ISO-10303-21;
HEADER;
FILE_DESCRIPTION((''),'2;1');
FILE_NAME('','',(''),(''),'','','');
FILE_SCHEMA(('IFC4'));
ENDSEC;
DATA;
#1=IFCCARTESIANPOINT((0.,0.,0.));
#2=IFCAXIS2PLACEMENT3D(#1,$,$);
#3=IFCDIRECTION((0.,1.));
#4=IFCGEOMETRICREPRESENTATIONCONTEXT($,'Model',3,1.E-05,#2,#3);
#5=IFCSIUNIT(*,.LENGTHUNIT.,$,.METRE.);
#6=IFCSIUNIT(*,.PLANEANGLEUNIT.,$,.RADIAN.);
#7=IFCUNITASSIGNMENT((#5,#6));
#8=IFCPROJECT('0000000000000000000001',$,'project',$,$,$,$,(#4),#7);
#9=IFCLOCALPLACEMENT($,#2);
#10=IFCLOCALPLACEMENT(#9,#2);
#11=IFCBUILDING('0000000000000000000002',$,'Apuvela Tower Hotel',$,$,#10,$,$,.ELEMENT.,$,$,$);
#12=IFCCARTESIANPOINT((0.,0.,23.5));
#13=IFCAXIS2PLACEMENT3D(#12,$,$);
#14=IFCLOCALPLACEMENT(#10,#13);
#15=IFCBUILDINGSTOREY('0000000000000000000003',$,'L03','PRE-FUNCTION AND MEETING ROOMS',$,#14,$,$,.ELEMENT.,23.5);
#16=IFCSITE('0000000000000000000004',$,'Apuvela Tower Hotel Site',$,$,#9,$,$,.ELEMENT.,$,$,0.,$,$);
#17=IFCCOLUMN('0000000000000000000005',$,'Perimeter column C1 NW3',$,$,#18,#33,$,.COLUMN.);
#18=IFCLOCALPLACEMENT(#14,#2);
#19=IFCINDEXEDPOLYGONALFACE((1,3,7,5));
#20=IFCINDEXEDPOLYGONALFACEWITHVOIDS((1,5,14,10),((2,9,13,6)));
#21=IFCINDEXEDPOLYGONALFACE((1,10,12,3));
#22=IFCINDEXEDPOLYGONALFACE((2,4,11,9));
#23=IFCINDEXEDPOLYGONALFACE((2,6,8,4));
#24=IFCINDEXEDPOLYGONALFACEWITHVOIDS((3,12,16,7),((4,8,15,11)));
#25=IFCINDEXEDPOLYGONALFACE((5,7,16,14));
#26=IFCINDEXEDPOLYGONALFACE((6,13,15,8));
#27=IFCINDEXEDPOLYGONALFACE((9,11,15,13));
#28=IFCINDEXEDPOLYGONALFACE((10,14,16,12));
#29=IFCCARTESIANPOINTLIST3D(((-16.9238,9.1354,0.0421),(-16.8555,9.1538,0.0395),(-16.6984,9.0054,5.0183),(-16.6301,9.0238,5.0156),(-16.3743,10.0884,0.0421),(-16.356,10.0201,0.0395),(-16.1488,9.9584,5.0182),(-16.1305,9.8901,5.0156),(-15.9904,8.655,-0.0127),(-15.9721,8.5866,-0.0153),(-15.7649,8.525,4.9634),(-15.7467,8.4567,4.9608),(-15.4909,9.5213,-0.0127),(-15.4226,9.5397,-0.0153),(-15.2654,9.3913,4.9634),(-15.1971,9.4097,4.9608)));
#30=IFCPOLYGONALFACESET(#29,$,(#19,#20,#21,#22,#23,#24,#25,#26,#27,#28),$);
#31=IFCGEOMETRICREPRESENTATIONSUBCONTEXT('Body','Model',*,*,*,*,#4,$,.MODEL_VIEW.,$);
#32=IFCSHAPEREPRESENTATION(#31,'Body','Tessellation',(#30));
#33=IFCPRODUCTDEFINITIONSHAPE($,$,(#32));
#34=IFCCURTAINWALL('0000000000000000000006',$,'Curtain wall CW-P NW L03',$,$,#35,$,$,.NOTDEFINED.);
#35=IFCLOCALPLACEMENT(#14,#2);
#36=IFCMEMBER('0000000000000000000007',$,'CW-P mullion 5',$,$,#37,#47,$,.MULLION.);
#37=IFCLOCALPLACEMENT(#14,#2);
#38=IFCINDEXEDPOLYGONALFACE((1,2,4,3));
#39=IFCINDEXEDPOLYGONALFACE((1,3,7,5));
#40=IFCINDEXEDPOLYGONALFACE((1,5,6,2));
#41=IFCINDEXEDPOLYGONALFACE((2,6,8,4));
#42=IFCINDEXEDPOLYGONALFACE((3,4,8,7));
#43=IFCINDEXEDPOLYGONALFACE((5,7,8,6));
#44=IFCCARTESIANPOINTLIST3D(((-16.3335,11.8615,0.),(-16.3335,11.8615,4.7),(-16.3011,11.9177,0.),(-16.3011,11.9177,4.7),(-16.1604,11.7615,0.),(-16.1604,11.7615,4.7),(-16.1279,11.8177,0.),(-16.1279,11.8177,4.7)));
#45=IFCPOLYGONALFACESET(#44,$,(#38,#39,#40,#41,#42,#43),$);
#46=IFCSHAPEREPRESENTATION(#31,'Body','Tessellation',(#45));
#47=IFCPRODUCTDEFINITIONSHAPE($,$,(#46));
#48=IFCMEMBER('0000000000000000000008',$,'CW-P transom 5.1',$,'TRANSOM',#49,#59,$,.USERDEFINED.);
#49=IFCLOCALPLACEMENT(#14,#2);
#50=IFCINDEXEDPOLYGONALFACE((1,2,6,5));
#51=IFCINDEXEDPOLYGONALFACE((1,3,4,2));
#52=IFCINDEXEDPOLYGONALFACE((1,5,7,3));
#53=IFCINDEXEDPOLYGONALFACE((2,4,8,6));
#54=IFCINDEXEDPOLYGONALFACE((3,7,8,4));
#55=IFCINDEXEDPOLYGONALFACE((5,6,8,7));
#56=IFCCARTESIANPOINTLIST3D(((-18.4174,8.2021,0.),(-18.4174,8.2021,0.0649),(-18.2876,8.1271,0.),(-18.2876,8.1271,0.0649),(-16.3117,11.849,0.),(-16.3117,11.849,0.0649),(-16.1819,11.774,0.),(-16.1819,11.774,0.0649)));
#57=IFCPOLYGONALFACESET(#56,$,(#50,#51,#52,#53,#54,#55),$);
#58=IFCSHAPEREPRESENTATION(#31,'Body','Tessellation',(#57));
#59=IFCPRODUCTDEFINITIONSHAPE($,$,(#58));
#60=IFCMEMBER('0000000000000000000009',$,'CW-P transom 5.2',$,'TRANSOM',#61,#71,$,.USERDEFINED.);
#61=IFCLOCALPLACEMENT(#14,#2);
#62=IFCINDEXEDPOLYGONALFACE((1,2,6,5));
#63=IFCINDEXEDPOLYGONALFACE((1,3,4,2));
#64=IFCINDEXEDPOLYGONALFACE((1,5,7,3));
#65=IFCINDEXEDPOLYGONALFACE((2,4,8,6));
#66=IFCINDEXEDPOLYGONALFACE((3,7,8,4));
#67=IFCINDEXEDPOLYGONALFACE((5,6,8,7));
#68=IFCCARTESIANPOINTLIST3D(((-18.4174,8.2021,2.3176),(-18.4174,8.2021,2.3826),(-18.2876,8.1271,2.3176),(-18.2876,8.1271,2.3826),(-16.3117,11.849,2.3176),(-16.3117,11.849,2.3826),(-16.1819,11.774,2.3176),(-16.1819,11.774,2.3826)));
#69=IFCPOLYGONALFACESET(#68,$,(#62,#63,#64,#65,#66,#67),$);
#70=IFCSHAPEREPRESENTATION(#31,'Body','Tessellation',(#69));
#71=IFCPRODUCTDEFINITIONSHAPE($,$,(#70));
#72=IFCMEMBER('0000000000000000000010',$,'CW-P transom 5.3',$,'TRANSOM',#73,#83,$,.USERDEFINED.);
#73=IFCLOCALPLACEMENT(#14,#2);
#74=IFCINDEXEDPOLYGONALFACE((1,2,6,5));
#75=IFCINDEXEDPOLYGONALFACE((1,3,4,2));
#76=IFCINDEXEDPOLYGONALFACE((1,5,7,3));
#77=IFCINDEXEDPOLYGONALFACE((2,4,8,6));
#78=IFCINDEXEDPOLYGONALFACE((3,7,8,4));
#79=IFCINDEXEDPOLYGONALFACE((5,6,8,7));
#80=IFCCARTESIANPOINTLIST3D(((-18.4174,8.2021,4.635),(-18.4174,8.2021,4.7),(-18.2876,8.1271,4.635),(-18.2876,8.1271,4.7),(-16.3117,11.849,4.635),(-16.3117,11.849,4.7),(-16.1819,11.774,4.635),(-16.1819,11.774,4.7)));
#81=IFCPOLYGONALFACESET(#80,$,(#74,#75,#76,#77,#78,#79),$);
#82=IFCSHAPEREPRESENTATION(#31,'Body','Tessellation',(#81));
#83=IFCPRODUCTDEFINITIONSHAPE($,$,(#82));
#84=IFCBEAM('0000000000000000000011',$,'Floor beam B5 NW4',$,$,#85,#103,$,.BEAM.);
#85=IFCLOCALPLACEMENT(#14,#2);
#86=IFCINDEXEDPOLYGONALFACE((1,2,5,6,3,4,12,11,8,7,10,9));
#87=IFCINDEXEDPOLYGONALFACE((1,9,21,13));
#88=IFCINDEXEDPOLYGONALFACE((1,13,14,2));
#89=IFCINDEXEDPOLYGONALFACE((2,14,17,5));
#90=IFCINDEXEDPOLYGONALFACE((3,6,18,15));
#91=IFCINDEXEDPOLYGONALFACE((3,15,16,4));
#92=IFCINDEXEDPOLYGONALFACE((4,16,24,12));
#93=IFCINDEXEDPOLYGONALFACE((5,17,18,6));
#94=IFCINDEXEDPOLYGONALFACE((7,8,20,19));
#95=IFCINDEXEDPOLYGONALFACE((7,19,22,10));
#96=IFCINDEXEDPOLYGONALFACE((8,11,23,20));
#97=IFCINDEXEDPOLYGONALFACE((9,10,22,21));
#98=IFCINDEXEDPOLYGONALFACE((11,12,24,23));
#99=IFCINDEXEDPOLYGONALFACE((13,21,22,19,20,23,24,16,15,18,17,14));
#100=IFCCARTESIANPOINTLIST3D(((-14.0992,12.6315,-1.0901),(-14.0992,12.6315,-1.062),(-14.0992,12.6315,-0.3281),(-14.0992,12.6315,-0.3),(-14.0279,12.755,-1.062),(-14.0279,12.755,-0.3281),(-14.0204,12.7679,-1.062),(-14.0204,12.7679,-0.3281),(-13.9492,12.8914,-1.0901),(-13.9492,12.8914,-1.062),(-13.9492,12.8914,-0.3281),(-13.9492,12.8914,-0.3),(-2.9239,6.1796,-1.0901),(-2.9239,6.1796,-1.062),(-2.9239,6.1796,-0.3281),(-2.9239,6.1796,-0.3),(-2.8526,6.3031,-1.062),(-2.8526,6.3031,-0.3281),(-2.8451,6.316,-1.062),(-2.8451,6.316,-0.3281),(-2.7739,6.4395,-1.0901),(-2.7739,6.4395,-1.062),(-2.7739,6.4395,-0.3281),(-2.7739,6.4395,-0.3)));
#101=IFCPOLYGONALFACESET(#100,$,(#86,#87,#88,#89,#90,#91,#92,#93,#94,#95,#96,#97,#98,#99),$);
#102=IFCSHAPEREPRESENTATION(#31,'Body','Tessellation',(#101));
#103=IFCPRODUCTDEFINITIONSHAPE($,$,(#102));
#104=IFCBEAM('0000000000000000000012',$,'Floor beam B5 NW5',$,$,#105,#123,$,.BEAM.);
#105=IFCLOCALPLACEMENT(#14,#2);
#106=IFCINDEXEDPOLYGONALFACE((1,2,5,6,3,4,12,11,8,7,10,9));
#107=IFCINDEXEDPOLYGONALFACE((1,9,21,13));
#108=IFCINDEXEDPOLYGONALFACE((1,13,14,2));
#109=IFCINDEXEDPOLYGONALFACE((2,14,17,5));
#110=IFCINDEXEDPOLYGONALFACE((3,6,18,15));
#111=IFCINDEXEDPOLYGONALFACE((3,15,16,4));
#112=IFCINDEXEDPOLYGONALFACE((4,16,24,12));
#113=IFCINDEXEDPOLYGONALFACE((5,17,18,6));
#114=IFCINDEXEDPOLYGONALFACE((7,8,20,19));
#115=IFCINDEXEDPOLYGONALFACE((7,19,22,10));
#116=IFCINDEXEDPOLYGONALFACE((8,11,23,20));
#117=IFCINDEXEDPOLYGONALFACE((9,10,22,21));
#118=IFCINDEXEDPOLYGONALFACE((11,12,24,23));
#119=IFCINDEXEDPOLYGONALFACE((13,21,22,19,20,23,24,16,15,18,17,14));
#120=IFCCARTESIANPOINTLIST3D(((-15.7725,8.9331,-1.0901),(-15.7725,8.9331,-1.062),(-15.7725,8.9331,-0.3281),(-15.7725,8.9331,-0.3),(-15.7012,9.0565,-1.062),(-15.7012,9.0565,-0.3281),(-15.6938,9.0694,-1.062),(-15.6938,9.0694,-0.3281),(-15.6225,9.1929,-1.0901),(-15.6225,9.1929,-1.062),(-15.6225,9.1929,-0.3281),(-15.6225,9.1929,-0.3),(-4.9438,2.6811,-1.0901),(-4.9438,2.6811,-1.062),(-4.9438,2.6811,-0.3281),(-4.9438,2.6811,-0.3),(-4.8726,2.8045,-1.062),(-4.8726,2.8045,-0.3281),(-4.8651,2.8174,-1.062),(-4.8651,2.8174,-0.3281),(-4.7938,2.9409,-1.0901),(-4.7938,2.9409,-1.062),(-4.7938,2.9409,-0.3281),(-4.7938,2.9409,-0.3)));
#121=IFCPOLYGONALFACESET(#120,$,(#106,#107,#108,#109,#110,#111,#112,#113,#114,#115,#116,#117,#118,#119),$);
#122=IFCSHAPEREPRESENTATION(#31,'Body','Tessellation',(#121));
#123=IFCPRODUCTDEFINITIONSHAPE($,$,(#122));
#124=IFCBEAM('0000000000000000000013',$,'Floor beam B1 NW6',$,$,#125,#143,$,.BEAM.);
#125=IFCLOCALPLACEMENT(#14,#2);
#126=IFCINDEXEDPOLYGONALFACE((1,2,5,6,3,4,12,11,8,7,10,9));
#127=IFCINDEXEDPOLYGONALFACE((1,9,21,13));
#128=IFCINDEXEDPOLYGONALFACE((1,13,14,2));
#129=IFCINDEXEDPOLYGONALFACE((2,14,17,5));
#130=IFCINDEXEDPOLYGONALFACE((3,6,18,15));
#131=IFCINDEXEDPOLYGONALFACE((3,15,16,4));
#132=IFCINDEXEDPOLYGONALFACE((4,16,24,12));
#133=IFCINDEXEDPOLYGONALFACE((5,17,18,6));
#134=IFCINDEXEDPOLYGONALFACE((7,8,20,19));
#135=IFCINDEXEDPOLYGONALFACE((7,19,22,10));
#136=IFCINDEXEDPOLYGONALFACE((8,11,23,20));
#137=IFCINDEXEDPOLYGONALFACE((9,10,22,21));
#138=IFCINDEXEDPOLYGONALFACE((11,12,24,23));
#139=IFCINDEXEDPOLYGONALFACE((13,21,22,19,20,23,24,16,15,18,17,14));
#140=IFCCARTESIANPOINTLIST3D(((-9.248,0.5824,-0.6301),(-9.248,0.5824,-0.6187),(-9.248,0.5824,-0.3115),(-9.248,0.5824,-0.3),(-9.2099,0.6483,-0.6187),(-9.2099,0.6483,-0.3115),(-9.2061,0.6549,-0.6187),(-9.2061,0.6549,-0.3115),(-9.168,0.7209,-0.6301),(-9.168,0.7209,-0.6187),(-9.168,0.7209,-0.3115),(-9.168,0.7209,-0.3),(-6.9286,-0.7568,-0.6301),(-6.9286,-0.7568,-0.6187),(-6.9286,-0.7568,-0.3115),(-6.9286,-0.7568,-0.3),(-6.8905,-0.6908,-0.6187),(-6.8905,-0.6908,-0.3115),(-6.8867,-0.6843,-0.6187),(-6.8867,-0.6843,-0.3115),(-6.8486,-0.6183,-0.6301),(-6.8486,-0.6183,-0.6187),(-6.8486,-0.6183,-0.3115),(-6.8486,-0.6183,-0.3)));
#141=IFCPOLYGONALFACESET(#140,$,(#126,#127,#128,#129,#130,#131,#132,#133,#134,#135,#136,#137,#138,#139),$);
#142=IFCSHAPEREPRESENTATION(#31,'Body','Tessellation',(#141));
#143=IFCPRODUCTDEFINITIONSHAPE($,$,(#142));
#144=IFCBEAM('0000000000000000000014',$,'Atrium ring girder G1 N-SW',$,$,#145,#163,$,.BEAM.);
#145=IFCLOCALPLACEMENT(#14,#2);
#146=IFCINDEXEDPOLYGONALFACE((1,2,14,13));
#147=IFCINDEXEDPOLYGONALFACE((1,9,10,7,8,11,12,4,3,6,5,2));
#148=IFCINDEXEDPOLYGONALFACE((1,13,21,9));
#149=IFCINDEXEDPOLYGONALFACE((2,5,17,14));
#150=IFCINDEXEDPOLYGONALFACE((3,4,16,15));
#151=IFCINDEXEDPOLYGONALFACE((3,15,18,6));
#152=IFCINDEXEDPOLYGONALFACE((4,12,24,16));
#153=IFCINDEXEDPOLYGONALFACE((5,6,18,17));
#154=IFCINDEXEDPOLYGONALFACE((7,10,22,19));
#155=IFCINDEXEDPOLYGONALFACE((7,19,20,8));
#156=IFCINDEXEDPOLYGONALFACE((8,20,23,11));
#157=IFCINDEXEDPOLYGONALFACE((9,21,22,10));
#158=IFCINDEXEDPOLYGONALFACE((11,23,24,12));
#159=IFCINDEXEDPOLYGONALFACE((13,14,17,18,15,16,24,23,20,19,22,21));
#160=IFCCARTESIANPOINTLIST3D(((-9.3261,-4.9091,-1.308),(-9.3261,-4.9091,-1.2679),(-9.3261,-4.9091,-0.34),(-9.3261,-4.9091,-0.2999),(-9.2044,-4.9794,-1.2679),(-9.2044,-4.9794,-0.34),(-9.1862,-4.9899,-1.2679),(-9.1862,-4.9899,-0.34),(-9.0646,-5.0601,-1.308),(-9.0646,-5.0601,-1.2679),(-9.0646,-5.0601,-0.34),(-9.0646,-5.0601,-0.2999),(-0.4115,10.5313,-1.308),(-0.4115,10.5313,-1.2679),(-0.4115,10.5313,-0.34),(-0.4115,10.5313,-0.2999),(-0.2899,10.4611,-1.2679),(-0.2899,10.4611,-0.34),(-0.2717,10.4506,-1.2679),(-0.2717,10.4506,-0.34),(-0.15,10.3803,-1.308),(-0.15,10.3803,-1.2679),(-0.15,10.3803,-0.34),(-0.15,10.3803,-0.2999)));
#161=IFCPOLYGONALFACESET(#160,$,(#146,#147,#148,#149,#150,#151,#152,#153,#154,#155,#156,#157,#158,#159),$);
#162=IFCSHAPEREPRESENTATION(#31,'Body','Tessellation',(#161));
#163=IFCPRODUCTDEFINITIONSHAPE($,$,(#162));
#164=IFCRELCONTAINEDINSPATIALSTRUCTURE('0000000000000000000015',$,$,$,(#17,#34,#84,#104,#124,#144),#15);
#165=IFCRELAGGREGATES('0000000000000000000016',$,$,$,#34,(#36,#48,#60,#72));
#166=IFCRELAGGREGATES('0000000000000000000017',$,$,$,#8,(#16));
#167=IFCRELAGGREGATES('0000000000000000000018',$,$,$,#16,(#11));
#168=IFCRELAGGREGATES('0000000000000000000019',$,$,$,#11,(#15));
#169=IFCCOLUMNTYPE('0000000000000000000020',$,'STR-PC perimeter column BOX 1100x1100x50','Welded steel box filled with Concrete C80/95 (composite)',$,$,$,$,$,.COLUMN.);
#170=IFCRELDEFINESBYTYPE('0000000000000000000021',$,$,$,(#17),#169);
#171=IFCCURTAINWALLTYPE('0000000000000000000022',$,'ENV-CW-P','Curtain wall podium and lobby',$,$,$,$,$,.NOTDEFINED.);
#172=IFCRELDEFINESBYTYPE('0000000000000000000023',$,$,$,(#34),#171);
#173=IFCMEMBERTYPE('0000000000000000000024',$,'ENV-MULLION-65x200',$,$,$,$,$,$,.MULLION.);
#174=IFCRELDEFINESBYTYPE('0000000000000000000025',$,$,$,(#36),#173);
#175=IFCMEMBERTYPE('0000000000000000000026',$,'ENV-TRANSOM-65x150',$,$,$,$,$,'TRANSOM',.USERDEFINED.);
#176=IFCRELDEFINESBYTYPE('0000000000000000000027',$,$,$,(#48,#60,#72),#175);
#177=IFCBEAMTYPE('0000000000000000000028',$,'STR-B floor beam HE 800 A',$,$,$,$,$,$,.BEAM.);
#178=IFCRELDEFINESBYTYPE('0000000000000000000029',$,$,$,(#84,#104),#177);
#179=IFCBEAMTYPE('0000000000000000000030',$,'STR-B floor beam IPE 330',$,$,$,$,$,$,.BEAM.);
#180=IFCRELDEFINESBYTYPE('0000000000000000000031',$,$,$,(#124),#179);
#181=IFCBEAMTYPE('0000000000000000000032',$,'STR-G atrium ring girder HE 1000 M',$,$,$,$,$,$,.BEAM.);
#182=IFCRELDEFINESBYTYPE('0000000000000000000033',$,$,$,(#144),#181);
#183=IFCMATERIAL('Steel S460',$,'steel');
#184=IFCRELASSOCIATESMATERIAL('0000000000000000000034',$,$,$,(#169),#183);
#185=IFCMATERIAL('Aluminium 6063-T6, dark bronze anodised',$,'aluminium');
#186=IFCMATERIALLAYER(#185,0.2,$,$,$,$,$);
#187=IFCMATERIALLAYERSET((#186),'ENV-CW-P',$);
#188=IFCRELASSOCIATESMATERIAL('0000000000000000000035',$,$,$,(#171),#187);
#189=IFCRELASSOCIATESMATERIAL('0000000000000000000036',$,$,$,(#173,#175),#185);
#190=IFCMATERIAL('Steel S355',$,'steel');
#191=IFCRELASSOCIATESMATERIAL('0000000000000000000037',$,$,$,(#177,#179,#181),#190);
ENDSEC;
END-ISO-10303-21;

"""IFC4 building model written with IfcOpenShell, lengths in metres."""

from ifc_helpers import new_model, si_unit, direction, frame, origin, origin_2d, place, context, subcontext, project, spatial, rectangle, hollow_rectangle, i_section, extrude, boolean, halfspace, material, layer, layer_set, material_profile, profile_set, type_object, element, aggregate, save


model = new_model("IFC4")

# Units and contexts
model_context = context("Model", 3, precision=1e-05, world=origin(), true_north=direction((0.0, 1.0)))
body_context = subcontext(model_context, "Body", "Model", "MODEL_VIEW")
ifc_project = project(units=[si_unit("LENGTHUNIT", "METRE"), si_unit("PLANEANGLEUNIT", "RADIAN")], contexts=[model_context])

# Site, building, storey
site_placement = place(None, origin())
site = spatial("IfcSite", under=ifc_project, at=site_placement, Name="Apuvela Tower Hotel Site", CompositionType="ELEMENT", RefElevation=0.0)
building_placement = place(site_placement, origin())
building = spatial("IfcBuilding", under=site, at=building_placement, Name="Apuvela Tower Hotel", CompositionType="ELEMENT")
storey_placement = place(building_placement, frame((0.0, 0.0, 23.5)))
storey = spatial("IfcBuildingStorey", under=building, at=storey_placement, Name="L03", Description="PRE-FUNCTION AND MEETING ROOMS", CompositionType="ELEMENT", Elevation=23.5)

# Column
ifc_material_1 = material(Name="Steel S460", Category="steel")
ifc_material_profile_1 = material_profile(ifc_material_1, hollow_rectangle(XDim=1.1001, YDim=1.1001, WallThickness=0.05, at=origin_2d()), Name="BOX 1100x1100x50")
ifc_material_2 = material(Name="Concrete C80/95", Category="concrete")
ifc_material_profile_2 = material_profile(ifc_material_2, rectangle(XDim=1.0, YDim=1.0, at=origin_2d()), Name="Concrete C80/95 infill")
ifc_profile_set_1 = profile_set([ifc_material_profile_1, ifc_material_profile_2], Name="Steel S460")
column_type = type_object("IfcColumnType", Name="STR-PC perimeter column BOX 1100x1100x50", Description="Welded steel box filled with Concrete C80/95 (composite)", PredefinedType="COLUMN", material=ifc_profile_set_1)
column_placement = place(storey_placement, frame((-16.1738, 9.3379, 0.0), z_axis=(0.045251, -0.026087, 0.998635), x_axis=(-0.499529, -0.866297, 0.000005)))
element("IfcColumn", 1, at=column_placement, inside=storey, type_object=column_type, Name="Perimeter column C1 NW3", PredefinedType="COLUMN", context=body_context, shape_type="SweptSolid", body=[
    boolean("DIFFERENCE", boolean("DIFFERENCE", extrude(hollow_rectangle(XDim=1.1001, YDim=1.1001, WallThickness=0.05, at=origin_2d()), origin(), (0.0, 0.0, 1.0), 5.0068), halfspace(frame((0.0, 0.0, 0.0134), z_axis=(0.0, 0.0, 1.0), x_axis=(1.0, 0.0, 0.0)), True)), halfspace(frame((0.0, 0.0, 4.9963), z_axis=(0.0, 0.0, 1.0), x_axis=(1.0, 0.0, 0.0)), False)),
])

# Curtain wall, members
ifc_material_3 = material(Name="Aluminium 6063-T6, dark bronze anodised", Category="aluminium")
ifc_layer_1 = layer(ifc_material_3, 0.2)
ifc_layer_set_1 = layer_set([ifc_layer_1], Name="ENV-CW-P")
curtain_wall_type = type_object("IfcCurtainWallType", Name="ENV-CW-P", Description="Curtain wall podium and lobby", PredefinedType="NOTDEFINED", material=ifc_layer_set_1)
curtain_wall_placement = place(storey_placement, origin())
curtain_wall = element("IfcCurtainWall", 2, at=curtain_wall_placement, inside=storey, type_object=curtain_wall_type, Name="Curtain wall CW-P NW L03", PredefinedType="NOTDEFINED")
ifc_material_profile_3 = material_profile(ifc_material_3, rectangle(XDim=0.2, YDim=0.0649, at=origin_2d()), Name="AL 65x200")
ifc_profile_set_2 = profile_set([ifc_material_profile_3], Name="Aluminium 6063-T6, dark bronze anodised")
member_type_1 = type_object("IfcMemberType", Name="ENV-MULLION-65x200", PredefinedType="MULLION", material=ifc_profile_set_2)
member_1_placement = place(storey_placement, frame((-16.2307, 11.8396, 0.0), z_axis=(0.0, 0.0, 1.0), x_axis=(0.866026, -0.5, 0.0)))
member_1 = element("IfcMember", 3, at=member_1_placement, type_object=member_type_1, Name="CW-P mullion 5", PredefinedType="MULLION", context=body_context, shape_type="SweptSolid", body=[
    extrude(rectangle(XDim=0.2, YDim=0.0649, at=origin_2d()), origin(), (0.0, 0.0, 1.0), 4.7),
])
ifc_material_profile_4 = material_profile(ifc_material_3, rectangle(XDim=0.1499, YDim=0.0649, at=origin_2d()), Name="AL 65x150 transom")
ifc_profile_set_3 = profile_set([ifc_material_profile_4], Name="Aluminium 6063-T6, dark bronze anodised")
member_type_2 = type_object("IfcMemberType", Name="ENV-TRANSOM-65x150", ElementType="TRANSOM", PredefinedType="USERDEFINED", material=ifc_profile_set_3)
member_2_placement = place(storey_placement, frame((-16.2468, 11.8115, 0.0325), z_axis=(-0.500024, -0.866012, 0.0), x_axis=(0.866012, -0.500024, 0.0)))
member_2 = element("IfcMember", 4, at=member_2_placement, type_object=member_type_2, Name="CW-P transom 5.1", ObjectType="TRANSOM", PredefinedType="USERDEFINED", context=body_context, shape_type="SweptSolid", body=[
    extrude(rectangle(XDim=0.1499, YDim=0.0649, at=origin_2d()), origin(), (0.0, 0.0, 1.0), 4.2112),
])
member_3_placement = place(storey_placement, frame((-16.2468, 11.8115, 2.3501), z_axis=(-0.500024, -0.866012, 0.0), x_axis=(0.866012, -0.500024, 0.0)))
member_3 = element("IfcMember", 5, at=member_3_placement, type_object=member_type_2, Name="CW-P transom 5.2", ObjectType="TRANSOM", PredefinedType="USERDEFINED", context=body_context, shape_type="SweptSolid", body=[
    extrude(rectangle(XDim=0.1499, YDim=0.0649, at=origin_2d()), origin(), (0.0, 0.0, 1.0), 4.2112),
])
member_4_placement = place(storey_placement, frame((-16.2468, 11.8115, 4.6675), z_axis=(-0.500024, -0.866012, 0.0), x_axis=(0.866012, -0.500024, 0.0)))
member_4 = element("IfcMember", 6, at=member_4_placement, type_object=member_type_2, Name="CW-P transom 5.3", ObjectType="TRANSOM", PredefinedType="USERDEFINED", context=body_context, shape_type="SweptSolid", body=[
    extrude(rectangle(XDim=0.1499, YDim=0.0649, at=origin_2d()), origin(), (0.0, 0.0, 1.0), 4.2112),
])
aggregate(curtain_wall, [member_1, member_2, member_3, member_4])

# Beams
ifc_material_4 = material(Name="Steel S355", Category="steel")
ifc_material_profile_5 = material_profile(ifc_material_4, i_section(OverallWidth=0.3, OverallDepth=0.79, WebThickness=0.0149, FlangeThickness=0.0281, at=origin_2d()), Name="HE 800 A")
ifc_profile_set_4 = profile_set([ifc_material_profile_5], Name="Steel S355")
beam_type_1 = type_object("IfcBeamType", Name="STR-B floor beam HE 800 A", PredefinedType="BEAM", material=ifc_profile_set_4)
beam_1_placement = place(storey_placement, frame((-14.0242, 12.7615, -0.6951), z_axis=(0.866031, -0.499991, 0.0), x_axis=(0.499991, 0.866031, 0.0)))
element("IfcBeam", 7, at=beam_1_placement, inside=storey, type_object=beam_type_1, Name="Floor beam B5 NW4", PredefinedType="BEAM", context=body_context, shape_type="SweptSolid", body=[
    extrude(i_section(OverallWidth=0.3, OverallDepth=0.79, WebThickness=0.0149, FlangeThickness=0.0281, at=origin_2d()), origin(), (0.0, 0.0, 1.0), 12.9041),
])
beam_2_placement = place(storey_placement, frame((-15.6975, 9.063, -0.6951), z_axis=(0.866024, -0.500003, 0.0), x_axis=(0.500003, 0.866024, 0.0)))
element("IfcBeam", 8, at=beam_2_placement, inside=storey, type_object=beam_type_1, Name="Floor beam B5 NW5", PredefinedType="BEAM", context=body_context, shape_type="SweptSolid", body=[
    extrude(i_section(OverallWidth=0.3, OverallDepth=0.79, WebThickness=0.0149, FlangeThickness=0.0281, at=origin_2d()), origin(), (0.0, 0.0, 1.0), 12.5039),
])
ifc_material_profile_6 = material_profile(ifc_material_4, i_section(OverallWidth=0.1599, OverallDepth=0.3301, WebThickness=0.0076, FlangeThickness=0.0115, at=origin_2d()), Name="IPE 330")
ifc_profile_set_5 = profile_set([ifc_material_profile_6], Name="Steel S355")
beam_type_2 = type_object("IfcBeamType", Name="STR-B floor beam IPE 330", PredefinedType="BEAM", material=ifc_profile_set_5)
beam_3_placement = place(storey_placement, frame((-9.208, 0.6516, -0.4651), z_axis=(0.866019, -0.500012, 0.0), x_axis=(0.500012, 0.866019, 0.0)))
element("IfcBeam", 9, at=beam_3_placement, inside=storey, type_object=beam_type_2, Name="Floor beam B1 NW6", PredefinedType="BEAM", context=body_context, shape_type="SweptSolid", body=[
    extrude(i_section(OverallWidth=0.1599, OverallDepth=0.3301, WebThickness=0.0076, FlangeThickness=0.0115, at=origin_2d()), origin(), (0.0, 0.0, 1.0), 2.6782),
])
ifc_material_profile_7 = material_profile(ifc_material_4, i_section(OverallWidth=0.302, OverallDepth=1.0081, WebThickness=0.021, FlangeThickness=0.04, at=origin_2d()), Name="HE 1000 M")
ifc_profile_set_6 = profile_set([ifc_material_profile_7], Name="Steel S355")
beam_type_3 = type_object("IfcBeamType", Name="STR-G atrium ring girder HE 1000 M", PredefinedType="BEAM", material=ifc_profile_set_6)
beam_4_placement = place(storey_placement, frame((-0.2808, 10.4558, -0.804), z_axis=(-0.500001, -0.866025, 0.0), x_axis=(0.866025, -0.500001, 0.0)))
element("IfcBeam", 10, at=beam_4_placement, inside=storey, type_object=beam_type_3, Name="Atrium ring girder G1 N-SW", PredefinedType="BEAM", context=body_context, shape_type="SweptSolid", body=[
    extrude(i_section(OverallWidth=0.302, OverallDepth=1.0081, WebThickness=0.021, FlangeThickness=0.04, at=origin_2d()), origin(), (0.0, 0.0, 1.0), 17.8291),
])

save(model, "model.ifc")
